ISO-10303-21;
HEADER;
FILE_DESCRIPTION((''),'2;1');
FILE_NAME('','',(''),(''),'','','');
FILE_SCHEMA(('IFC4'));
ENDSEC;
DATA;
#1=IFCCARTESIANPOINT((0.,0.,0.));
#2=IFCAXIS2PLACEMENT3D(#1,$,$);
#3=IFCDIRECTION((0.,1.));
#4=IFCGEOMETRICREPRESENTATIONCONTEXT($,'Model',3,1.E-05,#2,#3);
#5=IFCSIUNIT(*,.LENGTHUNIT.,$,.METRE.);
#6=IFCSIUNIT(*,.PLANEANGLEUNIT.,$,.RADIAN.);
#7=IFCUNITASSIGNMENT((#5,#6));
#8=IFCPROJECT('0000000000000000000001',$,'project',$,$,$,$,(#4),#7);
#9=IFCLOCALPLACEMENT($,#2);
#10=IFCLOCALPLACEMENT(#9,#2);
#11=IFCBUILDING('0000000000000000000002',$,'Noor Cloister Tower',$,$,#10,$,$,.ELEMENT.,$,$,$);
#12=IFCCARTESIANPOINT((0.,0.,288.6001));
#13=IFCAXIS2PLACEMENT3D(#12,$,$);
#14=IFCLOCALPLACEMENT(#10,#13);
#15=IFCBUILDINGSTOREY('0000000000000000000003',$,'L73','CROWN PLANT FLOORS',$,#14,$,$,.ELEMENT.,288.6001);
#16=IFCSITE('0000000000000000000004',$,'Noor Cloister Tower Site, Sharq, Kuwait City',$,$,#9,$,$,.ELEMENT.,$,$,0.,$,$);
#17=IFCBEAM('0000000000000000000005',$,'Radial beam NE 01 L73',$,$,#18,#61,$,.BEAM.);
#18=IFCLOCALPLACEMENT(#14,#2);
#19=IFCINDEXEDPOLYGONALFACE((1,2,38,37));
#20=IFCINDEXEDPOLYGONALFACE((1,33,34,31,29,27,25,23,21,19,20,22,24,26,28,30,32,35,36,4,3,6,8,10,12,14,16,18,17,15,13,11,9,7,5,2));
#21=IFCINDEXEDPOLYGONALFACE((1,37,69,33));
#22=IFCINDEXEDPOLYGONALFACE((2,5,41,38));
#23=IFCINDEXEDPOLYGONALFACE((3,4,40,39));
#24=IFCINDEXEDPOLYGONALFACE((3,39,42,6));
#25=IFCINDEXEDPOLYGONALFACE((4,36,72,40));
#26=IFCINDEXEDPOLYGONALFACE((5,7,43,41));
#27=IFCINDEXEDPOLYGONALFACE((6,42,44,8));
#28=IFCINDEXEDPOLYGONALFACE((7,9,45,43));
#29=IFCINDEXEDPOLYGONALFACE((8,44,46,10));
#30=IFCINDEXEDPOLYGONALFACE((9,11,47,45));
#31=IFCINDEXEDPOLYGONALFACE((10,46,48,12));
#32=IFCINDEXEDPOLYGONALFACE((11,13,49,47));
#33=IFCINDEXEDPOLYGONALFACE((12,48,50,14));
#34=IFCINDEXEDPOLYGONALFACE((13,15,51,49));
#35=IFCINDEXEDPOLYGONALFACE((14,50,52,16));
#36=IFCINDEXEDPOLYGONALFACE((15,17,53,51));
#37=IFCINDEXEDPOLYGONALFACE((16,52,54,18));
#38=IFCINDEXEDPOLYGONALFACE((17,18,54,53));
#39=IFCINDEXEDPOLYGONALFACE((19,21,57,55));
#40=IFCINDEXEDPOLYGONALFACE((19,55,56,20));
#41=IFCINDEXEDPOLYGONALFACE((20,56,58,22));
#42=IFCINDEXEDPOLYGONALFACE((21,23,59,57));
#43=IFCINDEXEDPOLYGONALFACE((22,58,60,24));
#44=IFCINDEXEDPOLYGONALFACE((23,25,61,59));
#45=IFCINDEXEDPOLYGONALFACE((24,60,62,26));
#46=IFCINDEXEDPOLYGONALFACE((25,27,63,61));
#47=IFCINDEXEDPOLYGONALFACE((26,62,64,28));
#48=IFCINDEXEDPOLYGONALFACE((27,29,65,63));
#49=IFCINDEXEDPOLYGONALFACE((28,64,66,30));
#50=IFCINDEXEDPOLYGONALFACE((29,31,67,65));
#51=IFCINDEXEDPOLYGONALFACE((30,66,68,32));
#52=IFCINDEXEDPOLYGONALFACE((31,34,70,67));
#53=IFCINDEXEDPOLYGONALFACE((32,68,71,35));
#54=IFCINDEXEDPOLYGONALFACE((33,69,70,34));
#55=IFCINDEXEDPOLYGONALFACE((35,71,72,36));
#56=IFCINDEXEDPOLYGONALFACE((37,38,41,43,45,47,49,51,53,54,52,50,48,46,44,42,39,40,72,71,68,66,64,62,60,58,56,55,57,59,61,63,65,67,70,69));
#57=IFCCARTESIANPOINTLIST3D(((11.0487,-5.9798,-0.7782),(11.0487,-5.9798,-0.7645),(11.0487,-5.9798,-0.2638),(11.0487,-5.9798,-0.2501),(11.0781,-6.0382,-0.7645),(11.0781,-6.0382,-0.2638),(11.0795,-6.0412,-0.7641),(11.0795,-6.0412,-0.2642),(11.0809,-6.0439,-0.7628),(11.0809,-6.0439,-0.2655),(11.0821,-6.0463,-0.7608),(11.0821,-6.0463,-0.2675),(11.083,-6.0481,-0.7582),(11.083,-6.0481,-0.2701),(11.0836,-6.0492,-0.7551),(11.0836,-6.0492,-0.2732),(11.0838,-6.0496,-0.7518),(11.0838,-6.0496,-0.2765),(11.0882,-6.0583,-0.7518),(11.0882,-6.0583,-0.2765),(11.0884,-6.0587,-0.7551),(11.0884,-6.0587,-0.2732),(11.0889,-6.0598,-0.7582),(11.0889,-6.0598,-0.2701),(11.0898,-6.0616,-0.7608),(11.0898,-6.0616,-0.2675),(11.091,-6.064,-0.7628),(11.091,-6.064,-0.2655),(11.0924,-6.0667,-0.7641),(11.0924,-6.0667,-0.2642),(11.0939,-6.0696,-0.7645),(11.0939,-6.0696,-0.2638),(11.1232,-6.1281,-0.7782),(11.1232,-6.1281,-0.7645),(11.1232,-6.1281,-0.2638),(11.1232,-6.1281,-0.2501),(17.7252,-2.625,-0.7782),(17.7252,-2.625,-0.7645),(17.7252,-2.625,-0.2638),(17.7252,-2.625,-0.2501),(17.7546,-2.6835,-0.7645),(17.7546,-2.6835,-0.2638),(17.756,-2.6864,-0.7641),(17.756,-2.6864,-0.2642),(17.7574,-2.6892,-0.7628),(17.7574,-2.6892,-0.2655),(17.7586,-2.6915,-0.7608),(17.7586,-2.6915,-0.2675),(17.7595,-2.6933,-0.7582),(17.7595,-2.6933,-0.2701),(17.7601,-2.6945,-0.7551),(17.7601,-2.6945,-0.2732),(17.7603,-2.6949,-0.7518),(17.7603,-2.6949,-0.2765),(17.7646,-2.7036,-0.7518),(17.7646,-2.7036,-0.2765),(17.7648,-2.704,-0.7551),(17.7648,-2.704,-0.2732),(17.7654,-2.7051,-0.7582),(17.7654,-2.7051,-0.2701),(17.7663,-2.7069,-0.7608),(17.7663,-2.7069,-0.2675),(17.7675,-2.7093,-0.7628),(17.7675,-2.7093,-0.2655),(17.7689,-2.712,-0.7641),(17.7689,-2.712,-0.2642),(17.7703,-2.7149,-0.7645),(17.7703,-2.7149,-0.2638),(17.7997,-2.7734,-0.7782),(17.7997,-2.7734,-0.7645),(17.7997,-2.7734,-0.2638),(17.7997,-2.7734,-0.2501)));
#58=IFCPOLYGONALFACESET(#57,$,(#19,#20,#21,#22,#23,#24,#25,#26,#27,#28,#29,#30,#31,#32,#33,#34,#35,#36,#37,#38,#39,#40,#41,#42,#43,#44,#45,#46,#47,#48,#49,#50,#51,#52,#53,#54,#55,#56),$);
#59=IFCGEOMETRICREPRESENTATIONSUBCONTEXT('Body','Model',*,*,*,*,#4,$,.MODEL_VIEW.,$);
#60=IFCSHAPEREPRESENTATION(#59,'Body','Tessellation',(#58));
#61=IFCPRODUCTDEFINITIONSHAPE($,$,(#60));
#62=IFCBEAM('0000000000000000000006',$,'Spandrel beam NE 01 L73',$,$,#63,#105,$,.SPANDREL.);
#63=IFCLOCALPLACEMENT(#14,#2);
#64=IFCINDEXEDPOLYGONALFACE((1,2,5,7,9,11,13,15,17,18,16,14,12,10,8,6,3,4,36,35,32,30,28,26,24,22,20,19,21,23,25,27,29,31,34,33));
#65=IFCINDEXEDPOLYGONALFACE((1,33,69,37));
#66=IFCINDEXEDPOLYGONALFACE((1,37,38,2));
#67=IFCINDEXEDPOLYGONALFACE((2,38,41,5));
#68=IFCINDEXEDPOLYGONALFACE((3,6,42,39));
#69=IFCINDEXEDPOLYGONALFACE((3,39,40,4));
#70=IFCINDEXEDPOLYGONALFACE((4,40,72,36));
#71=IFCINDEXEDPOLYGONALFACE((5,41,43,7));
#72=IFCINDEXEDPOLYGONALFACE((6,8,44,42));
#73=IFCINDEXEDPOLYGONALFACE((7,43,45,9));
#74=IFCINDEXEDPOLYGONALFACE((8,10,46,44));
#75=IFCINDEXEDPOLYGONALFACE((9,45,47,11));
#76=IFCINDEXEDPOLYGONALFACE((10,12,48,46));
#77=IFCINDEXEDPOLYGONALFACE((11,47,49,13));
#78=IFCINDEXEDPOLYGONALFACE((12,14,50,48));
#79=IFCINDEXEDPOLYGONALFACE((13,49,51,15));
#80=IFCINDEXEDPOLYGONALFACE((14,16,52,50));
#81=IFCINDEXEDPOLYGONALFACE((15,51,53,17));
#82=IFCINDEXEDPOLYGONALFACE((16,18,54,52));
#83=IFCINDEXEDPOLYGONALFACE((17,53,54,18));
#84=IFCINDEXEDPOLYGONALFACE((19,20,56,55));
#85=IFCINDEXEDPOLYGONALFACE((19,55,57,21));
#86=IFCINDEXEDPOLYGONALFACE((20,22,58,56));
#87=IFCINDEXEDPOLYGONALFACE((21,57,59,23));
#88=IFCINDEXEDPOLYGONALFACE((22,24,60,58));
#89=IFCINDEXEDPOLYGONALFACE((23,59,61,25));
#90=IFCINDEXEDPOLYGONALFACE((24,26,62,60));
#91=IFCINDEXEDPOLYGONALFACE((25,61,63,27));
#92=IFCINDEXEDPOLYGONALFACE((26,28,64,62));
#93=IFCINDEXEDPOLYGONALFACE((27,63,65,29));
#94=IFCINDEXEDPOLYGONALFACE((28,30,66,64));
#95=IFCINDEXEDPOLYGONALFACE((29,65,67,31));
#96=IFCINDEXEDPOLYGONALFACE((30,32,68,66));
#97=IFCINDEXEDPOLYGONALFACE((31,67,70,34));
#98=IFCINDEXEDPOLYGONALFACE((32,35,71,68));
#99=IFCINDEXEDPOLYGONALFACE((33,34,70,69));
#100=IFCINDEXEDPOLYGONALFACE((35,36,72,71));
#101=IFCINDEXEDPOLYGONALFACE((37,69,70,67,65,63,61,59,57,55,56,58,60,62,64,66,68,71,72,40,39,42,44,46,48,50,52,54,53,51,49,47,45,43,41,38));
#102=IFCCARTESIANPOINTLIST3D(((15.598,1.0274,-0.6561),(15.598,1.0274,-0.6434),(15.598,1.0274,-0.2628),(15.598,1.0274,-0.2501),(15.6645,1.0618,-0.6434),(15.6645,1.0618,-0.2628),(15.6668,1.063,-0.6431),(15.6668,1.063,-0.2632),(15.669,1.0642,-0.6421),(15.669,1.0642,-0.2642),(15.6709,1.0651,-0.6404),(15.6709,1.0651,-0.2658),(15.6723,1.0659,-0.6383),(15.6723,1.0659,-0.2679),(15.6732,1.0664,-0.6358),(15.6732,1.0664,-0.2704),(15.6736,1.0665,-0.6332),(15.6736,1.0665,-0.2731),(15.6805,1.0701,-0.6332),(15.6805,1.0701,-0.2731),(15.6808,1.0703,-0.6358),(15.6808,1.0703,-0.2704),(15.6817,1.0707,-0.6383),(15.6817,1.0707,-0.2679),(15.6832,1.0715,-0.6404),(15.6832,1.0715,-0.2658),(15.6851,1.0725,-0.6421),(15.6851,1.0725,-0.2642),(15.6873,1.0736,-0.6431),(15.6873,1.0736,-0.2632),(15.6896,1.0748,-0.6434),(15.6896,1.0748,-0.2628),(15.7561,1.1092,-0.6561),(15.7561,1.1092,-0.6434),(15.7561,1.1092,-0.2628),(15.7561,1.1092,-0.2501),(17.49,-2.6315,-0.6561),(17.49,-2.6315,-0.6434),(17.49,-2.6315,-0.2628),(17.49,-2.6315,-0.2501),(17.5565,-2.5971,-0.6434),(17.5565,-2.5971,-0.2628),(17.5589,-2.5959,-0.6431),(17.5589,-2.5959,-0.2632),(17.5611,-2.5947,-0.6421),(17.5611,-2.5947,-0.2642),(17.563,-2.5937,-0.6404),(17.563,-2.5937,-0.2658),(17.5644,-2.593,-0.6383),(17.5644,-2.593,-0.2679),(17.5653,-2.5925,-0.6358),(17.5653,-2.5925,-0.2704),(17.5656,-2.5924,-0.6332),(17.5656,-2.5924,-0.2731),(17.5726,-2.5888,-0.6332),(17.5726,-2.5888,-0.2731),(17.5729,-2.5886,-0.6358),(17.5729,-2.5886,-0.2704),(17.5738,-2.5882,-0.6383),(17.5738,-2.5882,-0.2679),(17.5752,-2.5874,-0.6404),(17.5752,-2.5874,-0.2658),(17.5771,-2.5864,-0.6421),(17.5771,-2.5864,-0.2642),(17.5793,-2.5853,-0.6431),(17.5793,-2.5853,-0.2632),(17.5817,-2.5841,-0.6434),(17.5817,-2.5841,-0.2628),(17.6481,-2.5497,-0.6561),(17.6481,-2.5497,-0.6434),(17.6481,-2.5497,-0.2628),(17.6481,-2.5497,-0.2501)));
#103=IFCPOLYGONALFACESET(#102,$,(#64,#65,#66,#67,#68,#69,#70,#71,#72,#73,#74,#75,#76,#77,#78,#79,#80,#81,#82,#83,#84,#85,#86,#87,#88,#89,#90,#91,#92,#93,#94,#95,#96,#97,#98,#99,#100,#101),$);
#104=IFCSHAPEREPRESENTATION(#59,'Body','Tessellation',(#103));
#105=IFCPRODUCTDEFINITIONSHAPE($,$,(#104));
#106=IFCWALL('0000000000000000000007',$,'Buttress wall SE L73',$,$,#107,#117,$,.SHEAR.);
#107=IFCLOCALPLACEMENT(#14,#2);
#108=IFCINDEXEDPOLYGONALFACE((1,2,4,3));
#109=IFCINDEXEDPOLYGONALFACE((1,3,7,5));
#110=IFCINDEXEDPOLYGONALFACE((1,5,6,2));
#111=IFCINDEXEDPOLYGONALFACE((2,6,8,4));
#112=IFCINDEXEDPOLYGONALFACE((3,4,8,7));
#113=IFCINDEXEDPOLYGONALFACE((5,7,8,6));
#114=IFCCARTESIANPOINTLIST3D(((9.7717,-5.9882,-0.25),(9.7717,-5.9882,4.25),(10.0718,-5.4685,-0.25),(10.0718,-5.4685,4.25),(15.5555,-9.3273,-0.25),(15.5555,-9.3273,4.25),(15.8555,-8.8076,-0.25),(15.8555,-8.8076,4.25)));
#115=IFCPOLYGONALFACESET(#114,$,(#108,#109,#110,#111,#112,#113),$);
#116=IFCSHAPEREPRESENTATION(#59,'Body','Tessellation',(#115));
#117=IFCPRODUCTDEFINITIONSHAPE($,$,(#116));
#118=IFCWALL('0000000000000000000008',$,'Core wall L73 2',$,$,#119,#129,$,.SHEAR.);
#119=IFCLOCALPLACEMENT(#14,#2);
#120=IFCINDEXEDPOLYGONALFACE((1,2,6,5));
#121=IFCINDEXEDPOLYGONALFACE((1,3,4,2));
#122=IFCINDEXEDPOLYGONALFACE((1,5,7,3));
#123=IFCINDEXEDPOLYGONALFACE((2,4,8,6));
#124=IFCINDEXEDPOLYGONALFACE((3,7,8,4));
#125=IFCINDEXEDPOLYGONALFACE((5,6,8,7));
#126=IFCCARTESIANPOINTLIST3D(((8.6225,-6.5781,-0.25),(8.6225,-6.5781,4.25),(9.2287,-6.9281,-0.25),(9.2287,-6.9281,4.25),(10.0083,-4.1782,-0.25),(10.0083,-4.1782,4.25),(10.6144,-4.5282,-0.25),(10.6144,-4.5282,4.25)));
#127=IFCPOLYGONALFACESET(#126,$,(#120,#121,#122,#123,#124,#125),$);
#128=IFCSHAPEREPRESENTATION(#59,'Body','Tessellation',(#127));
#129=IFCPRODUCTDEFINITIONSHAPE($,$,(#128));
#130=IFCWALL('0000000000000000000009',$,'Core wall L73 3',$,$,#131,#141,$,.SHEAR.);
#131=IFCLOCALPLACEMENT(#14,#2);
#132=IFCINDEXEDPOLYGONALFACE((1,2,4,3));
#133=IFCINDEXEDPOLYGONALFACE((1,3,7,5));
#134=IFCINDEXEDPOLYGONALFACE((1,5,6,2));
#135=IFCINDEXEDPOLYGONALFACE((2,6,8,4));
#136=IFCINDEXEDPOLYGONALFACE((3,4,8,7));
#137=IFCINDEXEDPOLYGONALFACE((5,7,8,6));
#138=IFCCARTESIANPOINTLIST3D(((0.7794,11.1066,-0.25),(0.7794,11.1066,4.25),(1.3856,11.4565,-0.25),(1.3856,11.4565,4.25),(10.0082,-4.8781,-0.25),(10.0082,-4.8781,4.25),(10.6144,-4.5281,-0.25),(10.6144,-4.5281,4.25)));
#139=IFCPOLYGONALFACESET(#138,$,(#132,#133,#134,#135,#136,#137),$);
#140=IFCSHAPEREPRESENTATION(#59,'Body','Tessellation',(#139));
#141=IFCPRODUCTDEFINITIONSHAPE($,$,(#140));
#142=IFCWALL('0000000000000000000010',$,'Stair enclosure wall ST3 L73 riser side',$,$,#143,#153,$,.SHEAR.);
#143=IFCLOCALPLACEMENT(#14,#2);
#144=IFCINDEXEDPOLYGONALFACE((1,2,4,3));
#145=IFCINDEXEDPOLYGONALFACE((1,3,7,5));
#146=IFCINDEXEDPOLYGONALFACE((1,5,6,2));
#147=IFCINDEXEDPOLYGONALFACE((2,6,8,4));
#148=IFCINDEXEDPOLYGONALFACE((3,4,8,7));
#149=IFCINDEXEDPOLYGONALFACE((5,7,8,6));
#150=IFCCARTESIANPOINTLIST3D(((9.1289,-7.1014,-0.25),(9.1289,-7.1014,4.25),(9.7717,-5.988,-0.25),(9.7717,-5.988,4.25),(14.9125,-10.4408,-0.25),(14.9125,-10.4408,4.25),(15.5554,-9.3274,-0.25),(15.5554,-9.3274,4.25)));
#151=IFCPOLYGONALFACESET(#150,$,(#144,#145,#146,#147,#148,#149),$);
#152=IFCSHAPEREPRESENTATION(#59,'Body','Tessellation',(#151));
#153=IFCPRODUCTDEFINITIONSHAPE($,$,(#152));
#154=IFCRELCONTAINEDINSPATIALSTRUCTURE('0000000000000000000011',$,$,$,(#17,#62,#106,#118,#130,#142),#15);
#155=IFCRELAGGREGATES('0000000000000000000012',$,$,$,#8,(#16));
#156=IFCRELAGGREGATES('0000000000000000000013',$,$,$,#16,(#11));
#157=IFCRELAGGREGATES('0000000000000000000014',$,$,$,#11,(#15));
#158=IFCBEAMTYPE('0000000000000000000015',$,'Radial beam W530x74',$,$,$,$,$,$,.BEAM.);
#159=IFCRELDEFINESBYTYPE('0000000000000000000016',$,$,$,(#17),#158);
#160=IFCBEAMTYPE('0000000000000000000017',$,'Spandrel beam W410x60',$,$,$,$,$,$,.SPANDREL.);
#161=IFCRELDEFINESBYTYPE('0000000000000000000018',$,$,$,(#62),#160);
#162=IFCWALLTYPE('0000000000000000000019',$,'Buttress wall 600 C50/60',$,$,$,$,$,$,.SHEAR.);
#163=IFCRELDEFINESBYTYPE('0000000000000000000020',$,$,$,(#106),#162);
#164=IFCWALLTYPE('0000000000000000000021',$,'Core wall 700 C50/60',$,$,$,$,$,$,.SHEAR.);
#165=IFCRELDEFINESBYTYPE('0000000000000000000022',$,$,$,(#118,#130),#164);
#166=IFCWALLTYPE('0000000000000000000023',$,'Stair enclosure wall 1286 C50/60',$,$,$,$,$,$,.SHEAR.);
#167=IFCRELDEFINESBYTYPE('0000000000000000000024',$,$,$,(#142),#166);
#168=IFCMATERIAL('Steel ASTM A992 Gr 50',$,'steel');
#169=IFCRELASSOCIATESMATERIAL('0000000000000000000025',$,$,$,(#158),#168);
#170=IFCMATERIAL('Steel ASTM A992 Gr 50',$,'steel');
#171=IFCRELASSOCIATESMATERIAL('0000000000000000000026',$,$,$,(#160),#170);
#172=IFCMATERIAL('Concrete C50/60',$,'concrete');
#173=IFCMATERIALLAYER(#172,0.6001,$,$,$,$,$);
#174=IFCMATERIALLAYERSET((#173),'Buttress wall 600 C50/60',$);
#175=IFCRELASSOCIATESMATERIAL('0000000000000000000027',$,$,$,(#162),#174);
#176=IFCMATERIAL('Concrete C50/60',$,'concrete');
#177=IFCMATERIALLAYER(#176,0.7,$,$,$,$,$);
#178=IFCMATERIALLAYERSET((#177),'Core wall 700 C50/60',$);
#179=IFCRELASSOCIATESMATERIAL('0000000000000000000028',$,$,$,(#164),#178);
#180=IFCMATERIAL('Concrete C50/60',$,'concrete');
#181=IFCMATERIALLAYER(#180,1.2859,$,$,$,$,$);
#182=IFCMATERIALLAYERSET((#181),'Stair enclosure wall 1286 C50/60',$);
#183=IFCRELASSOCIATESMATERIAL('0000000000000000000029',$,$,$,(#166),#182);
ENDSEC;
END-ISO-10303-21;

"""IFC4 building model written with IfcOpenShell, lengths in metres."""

from ifc_helpers import new_model, si_unit, direction, frame, frame_2d, origin, origin_2d, place, context, subcontext, project, spatial, rectangle, i_section, extrude, material, layer, layer_set, material_profile, profile_set, type_object, element, save


model = new_model("IFC4")

# Units and contexts
model_context = context("Model", 3, precision=1e-05, world=origin(), true_north=direction((0.0, 1.0)))
body_context = subcontext(model_context, "Body", "Model", "MODEL_VIEW")
ifc_project = project(units=[si_unit("LENGTHUNIT", "METRE"), si_unit("PLANEANGLEUNIT", "RADIAN")], contexts=[model_context])

# Site, building, storey
site_placement = place(None, origin())
site = spatial("IfcSite", under=ifc_project, at=site_placement, Name="Noor Cloister Tower Site, Sharq, Kuwait City", CompositionType="ELEMENT", RefElevation=0.0)
building_placement = place(site_placement, origin())
building = spatial("IfcBuilding", under=site, at=building_placement, Name="Noor Cloister Tower", CompositionType="ELEMENT")
storey_placement = place(building_placement, frame((0.0, 0.0, 288.6001)))
storey = spatial("IfcBuildingStorey", under=building, at=storey_placement, Name="L73", Description="CROWN PLANT FLOORS", CompositionType="ELEMENT", Elevation=288.6001)

# Beams
ifc_material_1 = material(Name="Steel ASTM A992 Gr 50", Category="steel")
ifc_material_profile_1 = material_profile(ifc_material_1, i_section(OverallWidth=0.166, OverallDepth=0.5281, WebThickness=0.0098, FlangeThickness=0.0137, FilletRadius=0.0127, at=origin_2d()), Name="W530x74")
ifc_profile_set_1 = profile_set([ifc_material_profile_1], Name="Steel ASTM A992 Gr 50")
beam_type_1 = type_object("IfcBeamType", Name="Radial beam W530x74", PredefinedType="BEAM", material=ifc_profile_set_1)
beam_1_placement = place(storey_placement, frame((17.7625, -2.6992, -0.5142), z_axis=(-0.893543, -0.448977, 0.0), x_axis=(0.448977, -0.893543, 0.0)))
element("IfcBeam", 1, at=beam_1_placement, inside=storey, type_object=beam_type_1, Name="Radial beam NE 01 L73", PredefinedType="BEAM", context=body_context, shape_type="SweptSolid", body=[
    extrude(i_section(OverallWidth=0.166, OverallDepth=0.5281, WebThickness=0.0098, FlangeThickness=0.0137, FilletRadius=0.0127, at=origin_2d()), origin(), (0.0, 0.0, 1.0), 7.4719),
])
ifc_material_2 = material(Name="Steel ASTM A992 Gr 50", Category="steel")
ifc_material_profile_2 = material_profile(ifc_material_2, i_section(OverallWidth=0.178, OverallDepth=0.406, WebThickness=0.0078, FlangeThickness=0.0127, FilletRadius=0.0103, at=origin_2d()), Name="W410x60")
ifc_profile_set_2 = profile_set([ifc_material_profile_2], Name="Steel ASTM A992 Gr 50")
beam_type_2 = type_object("IfcBeamType", Name="Spandrel beam W410x60", PredefinedType="SPANDREL", material=ifc_profile_set_2)
beam_2_placement = place(storey_placement, frame((17.5691, -2.5906, -0.4531), z_axis=(-0.459334, 0.888264, 0.0), x_axis=(-0.888264, -0.459334, 0.0)))
element("IfcBeam", 2, at=beam_2_placement, inside=storey, type_object=beam_type_2, Name="Spandrel beam NE 01 L73", PredefinedType="SPANDREL", context=body_context, shape_type="SweptSolid", body=[
    extrude(i_section(OverallWidth=0.178, OverallDepth=0.406, WebThickness=0.0078, FlangeThickness=0.0127, FilletRadius=0.0103, at=origin_2d()), origin(), (0.0, 0.0, 1.0), 4.1191),
])

# Walls
ifc_material_3 = material(Name="Concrete C50/60", Category="concrete")
ifc_layer_1 = layer(ifc_material_3, 0.6001)
ifc_layer_set_1 = layer_set([ifc_layer_1], Name="Buttress wall 600 C50/60")
wall_type_1 = type_object("IfcWallType", Name="Buttress wall 600 C50/60", PredefinedType="SHEAR", material=ifc_layer_set_1)
wall_1_placement = place(storey_placement, frame((9.9216, -5.7283, -0.25), z_axis=(0.0, 0.0, 1.0), x_axis=(0.866032, -0.499988, 0.0)))
element("IfcWall", 3, at=wall_1_placement, inside=storey, type_object=wall_type_1, Name="Buttress wall SE L73", PredefinedType="SHEAR", context=body_context, shape_type="SweptSolid", body=[
    extrude(rectangle(XDim=6.6785, YDim=0.6001, at=frame_2d((3.3394, 0.0))), origin(), (0.0, 0.0, 1.0), 4.5),
])
ifc_material_4 = material(Name="Concrete C50/60", Category="concrete")
ifc_layer_2 = layer(ifc_material_4, 0.7)
ifc_layer_set_2 = layer_set([ifc_layer_2], Name="Core wall 700 C50/60")
wall_type_2 = type_object("IfcWallType", Name="Core wall 700 C50/60", PredefinedType="SHEAR", material=ifc_layer_set_2)
wall_2_placement = place(storey_placement, frame((8.9255, -6.7532, -0.25), z_axis=(0.0, 0.0, 1.0), x_axis=(0.500043, 0.866001, 0.0)))
element("IfcWall", 4, at=wall_2_placement, inside=storey, type_object=wall_type_2, Name="Core wall L73 2", PredefinedType="SHEAR", context=body_context, shape_type="SweptSolid", body=[
    extrude(rectangle(XDim=2.7712, YDim=0.7, at=frame_2d((1.3857, 0.0))), origin(), (0.0, 0.0, 1.0), 4.5),
])
wall_3_placement = place(storey_placement, frame((10.3113, -4.7031, -0.25), z_axis=(0.0, 0.0, 1.0), x_axis=(-0.500001, 0.866025, 0.0)))
element("IfcWall", 5, at=wall_3_placement, inside=storey, type_object=wall_type_2, Name="Core wall L73 3", PredefinedType="SHEAR", context=body_context, shape_type="SweptSolid", body=[
    extrude(rectangle(XDim=18.4575, YDim=0.7, at=frame_2d((9.2288, 0.0))), origin(), (0.0, 0.0, 1.0), 4.5),
])
ifc_material_5 = material(Name="Concrete C50/60", Category="concrete")
ifc_layer_3 = layer(ifc_material_5, 1.2859)
ifc_layer_set_3 = layer_set([ifc_layer_3], Name="Stair enclosure wall 1286 C50/60")
wall_type_3 = type_object("IfcWallType", Name="Stair enclosure wall 1286 C50/60", PredefinedType="SHEAR", material=ifc_layer_set_3)
wall_4_placement = place(storey_placement, frame((9.4502, -6.5447, -0.25), z_axis=(0.0, 0.0, 1.0), x_axis=(0.866016, -0.500016, 0.0)))
element("IfcWall", 6, at=wall_4_placement, inside=storey, type_object=wall_type_3, Name="Stair enclosure wall ST3 L73 riser side", PredefinedType="SHEAR", context=body_context, shape_type="SweptSolid", body=[
    extrude(rectangle(XDim=6.6785, YDim=1.2856, at=frame_2d((3.3394, 0.0))), origin(), (0.0, 0.0, 1.0), 4.5),
])

save(model, "model.ifc")
